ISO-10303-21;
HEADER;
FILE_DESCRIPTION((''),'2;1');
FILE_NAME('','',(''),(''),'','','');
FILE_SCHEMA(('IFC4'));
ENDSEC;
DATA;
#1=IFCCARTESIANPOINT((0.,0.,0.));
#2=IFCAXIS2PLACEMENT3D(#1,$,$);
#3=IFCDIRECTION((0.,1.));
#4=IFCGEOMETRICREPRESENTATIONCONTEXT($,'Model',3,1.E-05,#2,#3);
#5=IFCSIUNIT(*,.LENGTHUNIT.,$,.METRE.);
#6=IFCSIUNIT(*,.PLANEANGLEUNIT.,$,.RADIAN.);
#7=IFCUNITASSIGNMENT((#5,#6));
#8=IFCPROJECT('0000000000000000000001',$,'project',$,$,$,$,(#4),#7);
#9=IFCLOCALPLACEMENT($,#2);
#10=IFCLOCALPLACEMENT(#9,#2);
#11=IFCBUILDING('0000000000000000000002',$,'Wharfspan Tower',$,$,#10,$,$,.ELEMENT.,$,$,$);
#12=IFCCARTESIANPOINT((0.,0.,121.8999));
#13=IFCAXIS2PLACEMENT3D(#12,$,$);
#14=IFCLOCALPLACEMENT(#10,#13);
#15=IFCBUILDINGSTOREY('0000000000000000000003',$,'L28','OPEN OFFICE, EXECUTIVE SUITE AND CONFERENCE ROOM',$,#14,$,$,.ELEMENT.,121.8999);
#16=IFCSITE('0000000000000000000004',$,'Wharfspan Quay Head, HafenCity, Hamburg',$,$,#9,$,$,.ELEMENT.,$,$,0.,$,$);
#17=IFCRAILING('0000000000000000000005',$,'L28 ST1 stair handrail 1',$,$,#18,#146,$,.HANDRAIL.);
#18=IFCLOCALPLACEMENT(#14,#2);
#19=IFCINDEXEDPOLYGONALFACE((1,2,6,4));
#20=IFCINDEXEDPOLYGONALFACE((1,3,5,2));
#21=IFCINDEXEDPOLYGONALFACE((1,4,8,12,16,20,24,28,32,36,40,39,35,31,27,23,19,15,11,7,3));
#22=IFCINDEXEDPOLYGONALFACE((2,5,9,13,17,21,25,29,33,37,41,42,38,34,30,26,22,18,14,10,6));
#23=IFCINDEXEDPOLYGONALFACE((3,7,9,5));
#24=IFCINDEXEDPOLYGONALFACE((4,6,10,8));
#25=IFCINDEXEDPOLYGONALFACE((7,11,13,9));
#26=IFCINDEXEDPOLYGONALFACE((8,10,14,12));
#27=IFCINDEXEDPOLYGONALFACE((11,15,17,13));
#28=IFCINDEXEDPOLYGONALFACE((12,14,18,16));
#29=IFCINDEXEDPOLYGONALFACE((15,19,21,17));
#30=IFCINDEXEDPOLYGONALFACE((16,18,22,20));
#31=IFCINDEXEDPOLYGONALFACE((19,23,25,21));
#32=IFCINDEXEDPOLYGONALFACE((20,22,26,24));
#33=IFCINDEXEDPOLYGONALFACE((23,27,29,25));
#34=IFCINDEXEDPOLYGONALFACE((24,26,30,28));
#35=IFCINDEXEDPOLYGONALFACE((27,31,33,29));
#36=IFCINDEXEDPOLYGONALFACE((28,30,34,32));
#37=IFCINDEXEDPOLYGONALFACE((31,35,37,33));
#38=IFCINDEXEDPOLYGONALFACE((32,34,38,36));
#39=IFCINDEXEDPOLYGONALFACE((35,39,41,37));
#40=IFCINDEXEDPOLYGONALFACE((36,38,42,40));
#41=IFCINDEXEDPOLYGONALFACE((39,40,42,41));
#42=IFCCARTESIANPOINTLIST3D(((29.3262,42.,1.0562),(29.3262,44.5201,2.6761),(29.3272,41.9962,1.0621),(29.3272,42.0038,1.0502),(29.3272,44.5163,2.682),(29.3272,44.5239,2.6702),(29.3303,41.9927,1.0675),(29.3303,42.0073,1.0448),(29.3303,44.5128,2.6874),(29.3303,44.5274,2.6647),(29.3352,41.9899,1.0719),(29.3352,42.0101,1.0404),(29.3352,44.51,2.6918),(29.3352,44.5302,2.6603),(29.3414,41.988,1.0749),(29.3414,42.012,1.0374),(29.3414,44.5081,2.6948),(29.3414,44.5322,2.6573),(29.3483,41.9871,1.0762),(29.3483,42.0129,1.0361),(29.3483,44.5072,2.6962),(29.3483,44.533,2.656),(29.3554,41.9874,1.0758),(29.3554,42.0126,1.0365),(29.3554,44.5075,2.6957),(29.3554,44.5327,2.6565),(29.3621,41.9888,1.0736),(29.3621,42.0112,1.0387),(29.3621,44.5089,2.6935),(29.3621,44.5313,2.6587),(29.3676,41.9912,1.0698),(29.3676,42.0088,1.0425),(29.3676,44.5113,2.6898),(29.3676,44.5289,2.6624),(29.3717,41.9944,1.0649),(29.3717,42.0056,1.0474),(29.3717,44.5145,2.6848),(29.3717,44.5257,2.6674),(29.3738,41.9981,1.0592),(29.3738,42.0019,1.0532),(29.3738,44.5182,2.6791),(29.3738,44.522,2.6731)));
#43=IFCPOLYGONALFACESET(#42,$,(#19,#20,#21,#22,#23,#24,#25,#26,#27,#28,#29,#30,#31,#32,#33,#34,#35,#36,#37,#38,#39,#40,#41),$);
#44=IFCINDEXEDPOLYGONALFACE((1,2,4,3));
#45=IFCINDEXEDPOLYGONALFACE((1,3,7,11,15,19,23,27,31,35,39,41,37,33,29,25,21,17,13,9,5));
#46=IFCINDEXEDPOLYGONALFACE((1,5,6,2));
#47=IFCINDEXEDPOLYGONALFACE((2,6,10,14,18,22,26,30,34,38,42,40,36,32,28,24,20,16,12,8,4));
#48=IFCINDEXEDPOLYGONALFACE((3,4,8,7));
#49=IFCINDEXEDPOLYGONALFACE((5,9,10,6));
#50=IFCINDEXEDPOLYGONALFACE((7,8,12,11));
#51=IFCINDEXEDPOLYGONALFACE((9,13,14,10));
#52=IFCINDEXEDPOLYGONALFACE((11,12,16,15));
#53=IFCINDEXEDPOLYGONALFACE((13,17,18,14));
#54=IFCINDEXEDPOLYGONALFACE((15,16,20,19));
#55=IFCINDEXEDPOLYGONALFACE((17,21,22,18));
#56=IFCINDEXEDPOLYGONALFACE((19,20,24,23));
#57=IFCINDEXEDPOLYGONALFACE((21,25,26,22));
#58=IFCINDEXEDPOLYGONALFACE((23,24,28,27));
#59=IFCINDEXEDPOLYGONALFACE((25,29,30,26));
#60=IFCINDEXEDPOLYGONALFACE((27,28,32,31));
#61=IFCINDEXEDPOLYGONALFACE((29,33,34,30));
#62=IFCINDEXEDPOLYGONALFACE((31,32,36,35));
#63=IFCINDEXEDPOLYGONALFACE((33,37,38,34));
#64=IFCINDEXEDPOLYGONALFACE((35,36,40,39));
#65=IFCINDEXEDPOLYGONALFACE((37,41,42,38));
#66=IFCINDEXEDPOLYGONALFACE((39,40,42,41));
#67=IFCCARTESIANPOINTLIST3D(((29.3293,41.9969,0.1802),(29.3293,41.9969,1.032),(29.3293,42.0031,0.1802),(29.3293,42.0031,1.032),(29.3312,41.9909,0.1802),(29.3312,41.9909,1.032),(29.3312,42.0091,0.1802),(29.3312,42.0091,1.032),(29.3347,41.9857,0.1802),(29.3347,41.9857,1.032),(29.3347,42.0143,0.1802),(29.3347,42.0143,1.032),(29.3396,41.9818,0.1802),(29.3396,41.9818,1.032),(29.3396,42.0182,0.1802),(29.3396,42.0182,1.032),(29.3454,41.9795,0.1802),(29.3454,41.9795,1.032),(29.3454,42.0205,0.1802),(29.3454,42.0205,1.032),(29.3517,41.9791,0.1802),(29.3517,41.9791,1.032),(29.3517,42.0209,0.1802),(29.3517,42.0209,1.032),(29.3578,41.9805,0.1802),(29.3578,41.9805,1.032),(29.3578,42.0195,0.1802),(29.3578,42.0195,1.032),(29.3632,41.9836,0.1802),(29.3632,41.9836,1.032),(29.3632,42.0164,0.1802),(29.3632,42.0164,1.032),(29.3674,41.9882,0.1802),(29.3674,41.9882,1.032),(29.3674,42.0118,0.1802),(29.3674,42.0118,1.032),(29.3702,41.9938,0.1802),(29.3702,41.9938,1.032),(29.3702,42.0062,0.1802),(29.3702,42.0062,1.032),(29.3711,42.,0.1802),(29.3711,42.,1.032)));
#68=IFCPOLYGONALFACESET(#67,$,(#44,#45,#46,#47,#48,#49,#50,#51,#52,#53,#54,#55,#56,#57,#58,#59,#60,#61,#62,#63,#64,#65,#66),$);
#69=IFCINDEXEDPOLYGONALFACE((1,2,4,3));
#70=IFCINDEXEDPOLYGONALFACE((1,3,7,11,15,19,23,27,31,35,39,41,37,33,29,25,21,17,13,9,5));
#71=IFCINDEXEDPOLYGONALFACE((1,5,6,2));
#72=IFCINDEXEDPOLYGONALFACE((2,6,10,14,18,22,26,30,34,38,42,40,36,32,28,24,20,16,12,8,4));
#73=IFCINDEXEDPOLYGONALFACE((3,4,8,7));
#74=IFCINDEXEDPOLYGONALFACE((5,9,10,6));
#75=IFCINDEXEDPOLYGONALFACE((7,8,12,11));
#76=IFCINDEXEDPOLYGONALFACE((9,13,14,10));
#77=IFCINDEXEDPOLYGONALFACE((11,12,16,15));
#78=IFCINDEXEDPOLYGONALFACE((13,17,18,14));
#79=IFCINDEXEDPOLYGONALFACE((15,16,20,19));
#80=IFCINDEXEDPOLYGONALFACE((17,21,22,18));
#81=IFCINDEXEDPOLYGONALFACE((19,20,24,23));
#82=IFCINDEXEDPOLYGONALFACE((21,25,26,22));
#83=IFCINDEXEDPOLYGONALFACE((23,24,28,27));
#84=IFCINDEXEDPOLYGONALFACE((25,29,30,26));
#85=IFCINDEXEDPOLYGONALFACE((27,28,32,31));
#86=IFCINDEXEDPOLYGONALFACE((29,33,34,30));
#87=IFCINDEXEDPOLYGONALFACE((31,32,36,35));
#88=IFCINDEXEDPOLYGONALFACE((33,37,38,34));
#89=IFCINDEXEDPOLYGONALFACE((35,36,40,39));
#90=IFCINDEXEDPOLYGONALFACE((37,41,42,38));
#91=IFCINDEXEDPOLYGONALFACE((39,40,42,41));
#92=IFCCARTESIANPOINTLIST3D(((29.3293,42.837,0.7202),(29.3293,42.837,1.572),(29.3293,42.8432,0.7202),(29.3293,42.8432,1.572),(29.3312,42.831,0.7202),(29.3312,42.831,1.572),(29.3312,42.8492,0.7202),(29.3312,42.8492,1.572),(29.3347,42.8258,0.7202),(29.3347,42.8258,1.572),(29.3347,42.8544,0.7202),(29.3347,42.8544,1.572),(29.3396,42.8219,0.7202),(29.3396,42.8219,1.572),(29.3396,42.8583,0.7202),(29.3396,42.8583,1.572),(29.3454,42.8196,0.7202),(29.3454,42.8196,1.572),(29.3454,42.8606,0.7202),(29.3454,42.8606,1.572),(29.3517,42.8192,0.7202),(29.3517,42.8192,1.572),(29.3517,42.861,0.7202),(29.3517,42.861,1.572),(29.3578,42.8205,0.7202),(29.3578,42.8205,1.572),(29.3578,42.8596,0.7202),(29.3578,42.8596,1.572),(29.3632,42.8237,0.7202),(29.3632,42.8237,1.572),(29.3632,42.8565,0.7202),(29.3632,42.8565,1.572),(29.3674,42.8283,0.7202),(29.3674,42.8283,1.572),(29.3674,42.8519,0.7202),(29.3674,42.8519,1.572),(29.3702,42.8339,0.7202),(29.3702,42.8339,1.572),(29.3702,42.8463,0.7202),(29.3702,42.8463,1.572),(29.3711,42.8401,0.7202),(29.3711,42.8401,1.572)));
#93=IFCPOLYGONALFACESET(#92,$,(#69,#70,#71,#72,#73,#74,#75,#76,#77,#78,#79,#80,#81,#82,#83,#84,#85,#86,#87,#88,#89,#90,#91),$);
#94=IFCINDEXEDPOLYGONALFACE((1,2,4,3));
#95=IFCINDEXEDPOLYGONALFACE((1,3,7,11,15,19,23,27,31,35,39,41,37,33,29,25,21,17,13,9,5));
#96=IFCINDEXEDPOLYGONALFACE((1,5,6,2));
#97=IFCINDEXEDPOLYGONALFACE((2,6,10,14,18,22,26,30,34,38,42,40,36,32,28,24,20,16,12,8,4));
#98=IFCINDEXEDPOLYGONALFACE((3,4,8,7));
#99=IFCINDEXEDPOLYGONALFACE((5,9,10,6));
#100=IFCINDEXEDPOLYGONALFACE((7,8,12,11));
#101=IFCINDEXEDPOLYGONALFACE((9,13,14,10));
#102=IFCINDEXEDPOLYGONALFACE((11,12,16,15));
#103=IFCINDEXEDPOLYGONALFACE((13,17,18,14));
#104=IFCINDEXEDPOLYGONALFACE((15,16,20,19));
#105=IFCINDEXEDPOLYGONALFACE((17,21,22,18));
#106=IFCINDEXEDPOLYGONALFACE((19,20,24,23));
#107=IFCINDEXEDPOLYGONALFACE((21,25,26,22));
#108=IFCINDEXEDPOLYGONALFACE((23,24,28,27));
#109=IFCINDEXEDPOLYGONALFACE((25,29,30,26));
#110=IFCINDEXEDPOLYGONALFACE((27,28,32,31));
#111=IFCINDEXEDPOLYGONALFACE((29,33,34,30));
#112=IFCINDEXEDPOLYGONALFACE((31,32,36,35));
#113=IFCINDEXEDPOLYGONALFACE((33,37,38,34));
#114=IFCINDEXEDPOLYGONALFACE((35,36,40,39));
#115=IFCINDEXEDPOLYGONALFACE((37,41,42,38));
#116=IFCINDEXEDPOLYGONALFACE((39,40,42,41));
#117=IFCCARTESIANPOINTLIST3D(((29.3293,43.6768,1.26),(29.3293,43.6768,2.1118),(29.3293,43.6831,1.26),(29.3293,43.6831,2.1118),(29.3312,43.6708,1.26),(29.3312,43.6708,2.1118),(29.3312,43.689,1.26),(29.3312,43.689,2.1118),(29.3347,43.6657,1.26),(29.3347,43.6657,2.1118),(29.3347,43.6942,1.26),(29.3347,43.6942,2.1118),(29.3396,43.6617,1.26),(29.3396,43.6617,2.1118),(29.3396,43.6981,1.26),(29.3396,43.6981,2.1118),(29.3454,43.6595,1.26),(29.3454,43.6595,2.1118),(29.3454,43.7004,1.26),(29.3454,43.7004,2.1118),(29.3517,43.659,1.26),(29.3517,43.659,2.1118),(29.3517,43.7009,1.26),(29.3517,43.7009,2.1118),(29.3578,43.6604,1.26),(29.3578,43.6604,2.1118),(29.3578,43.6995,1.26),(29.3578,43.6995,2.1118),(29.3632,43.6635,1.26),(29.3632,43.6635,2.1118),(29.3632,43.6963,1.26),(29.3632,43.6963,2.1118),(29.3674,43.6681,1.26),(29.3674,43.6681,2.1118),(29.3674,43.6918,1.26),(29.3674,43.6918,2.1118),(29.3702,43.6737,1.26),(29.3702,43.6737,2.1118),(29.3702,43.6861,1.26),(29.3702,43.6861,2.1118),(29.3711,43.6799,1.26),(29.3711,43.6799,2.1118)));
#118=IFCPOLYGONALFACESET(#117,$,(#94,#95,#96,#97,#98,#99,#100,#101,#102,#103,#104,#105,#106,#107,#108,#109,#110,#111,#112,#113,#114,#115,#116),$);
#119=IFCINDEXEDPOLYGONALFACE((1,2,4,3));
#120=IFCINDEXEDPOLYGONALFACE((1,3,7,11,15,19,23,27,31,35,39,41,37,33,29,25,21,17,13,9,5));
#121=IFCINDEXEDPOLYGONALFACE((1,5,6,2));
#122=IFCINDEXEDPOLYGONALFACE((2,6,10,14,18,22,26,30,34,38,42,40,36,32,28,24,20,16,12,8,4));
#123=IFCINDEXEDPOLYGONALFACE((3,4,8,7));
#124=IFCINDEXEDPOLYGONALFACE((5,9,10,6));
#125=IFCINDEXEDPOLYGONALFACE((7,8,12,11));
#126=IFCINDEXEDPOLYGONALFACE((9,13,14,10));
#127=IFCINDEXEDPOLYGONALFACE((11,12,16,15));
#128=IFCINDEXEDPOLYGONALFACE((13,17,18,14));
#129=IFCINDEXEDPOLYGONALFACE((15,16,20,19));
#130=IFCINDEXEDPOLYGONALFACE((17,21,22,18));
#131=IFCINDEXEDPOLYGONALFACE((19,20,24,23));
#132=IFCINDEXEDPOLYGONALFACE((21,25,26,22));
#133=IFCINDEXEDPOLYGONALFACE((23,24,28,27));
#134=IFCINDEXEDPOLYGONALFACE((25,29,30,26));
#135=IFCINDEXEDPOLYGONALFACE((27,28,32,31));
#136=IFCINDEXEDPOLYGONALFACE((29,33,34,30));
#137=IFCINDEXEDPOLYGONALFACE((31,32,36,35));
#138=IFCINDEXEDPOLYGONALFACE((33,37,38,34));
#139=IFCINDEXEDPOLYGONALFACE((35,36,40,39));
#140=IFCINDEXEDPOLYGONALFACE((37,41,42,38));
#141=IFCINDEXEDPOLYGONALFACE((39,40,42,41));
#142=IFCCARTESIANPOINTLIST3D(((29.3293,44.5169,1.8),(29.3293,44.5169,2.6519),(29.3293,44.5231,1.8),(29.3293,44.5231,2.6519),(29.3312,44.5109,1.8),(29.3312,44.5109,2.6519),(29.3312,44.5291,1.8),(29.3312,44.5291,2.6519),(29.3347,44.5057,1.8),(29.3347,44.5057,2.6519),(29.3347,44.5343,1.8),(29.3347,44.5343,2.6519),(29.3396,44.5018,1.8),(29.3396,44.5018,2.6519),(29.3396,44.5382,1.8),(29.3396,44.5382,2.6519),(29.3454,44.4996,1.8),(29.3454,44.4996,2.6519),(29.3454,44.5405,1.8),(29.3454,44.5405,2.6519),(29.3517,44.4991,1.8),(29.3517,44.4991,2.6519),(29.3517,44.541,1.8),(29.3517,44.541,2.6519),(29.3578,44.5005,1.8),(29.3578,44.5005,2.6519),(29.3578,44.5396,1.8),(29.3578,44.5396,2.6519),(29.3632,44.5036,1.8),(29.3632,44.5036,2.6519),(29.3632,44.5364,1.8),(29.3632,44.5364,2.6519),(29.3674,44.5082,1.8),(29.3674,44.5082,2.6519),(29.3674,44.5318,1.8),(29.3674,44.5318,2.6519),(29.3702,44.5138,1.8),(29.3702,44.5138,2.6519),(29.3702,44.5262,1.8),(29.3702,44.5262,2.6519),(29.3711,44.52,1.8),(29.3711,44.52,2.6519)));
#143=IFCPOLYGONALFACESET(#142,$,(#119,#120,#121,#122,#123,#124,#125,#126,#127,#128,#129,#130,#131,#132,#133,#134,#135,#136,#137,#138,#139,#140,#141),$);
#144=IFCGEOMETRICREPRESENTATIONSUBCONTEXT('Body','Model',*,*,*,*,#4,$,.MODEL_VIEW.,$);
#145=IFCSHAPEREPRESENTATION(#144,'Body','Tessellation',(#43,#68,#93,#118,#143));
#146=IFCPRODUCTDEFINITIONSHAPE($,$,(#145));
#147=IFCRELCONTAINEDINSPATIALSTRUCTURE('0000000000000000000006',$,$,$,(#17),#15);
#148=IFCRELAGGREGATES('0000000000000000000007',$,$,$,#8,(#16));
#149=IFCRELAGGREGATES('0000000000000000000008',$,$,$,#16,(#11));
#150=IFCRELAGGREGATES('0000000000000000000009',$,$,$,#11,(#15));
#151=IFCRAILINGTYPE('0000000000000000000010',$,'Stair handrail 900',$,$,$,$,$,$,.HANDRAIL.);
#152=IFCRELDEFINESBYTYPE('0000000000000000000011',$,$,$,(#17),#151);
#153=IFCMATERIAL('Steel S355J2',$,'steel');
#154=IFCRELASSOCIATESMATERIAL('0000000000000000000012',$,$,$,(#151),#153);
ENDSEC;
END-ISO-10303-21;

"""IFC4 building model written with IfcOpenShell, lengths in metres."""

from ifc_helpers import new_model, si_unit, direction, frame, origin, origin_2d, place, context, subcontext, project, spatial, circle, extrude, material, type_object, element, save


model = new_model("IFC4")

# Units and contexts
model_context = context("Model", 3, precision=1e-05, world=origin(), true_north=direction((0.0, 1.0)))
body_context = subcontext(model_context, "Body", "Model", "MODEL_VIEW")
ifc_project = project(units=[si_unit("LENGTHUNIT", "METRE"), si_unit("PLANEANGLEUNIT", "RADIAN")], contexts=[model_context])

# Site, building, storey
site_placement = place(None, origin())
site = spatial("IfcSite", under=ifc_project, at=site_placement, Name="Wharfspan Quay Head, HafenCity, Hamburg", CompositionType="ELEMENT", RefElevation=0.0)
building_placement = place(site_placement, origin())
building = spatial("IfcBuilding", under=site, at=building_placement, Name="Wharfspan Tower", CompositionType="ELEMENT")
storey_placement = place(building_placement, frame((0.0, 0.0, 121.8999)))
storey = spatial("IfcBuildingStorey", under=building, at=storey_placement, Name="L28", Description="OPEN OFFICE, EXECUTIVE SUITE AND CONFERENCE ROOM", CompositionType="ELEMENT", Elevation=121.8999)

# Shared definitions
ifc_material_1 = material(Name="Steel S355J2", Category="steel")

# Railing
railing_type_1 = type_object("IfcRailingType", Name="Stair handrail 900", PredefinedType="HANDRAIL", material=ifc_material_1)
railing_1_placement = place(storey_placement, frame((29.3501, 42.0, 0.1802)))
element("IfcRailing", 1, at=railing_1_placement, inside=storey, type_object=railing_type_1, Name="L28 ST1 stair handrail 1", PredefinedType="HANDRAIL", context=body_context, shape_type="SweptSolid", body=[
    extrude(circle(Radius=0.0239, at=origin_2d()), frame((0.0, 0.0, 0.876), z_axis=(0.0, 0.8412, 0.540725), x_axis=(-1.0, 0.0, 0.0)), (0.0, 0.0, 1.0), 2.9958),
    extrude(circle(Radius=0.021, at=origin_2d()), origin(), (0.0, 0.0, 1.0), 0.8518),
    extrude(circle(Radius=0.021, at=origin_2d()), frame((0.0, 0.8401, 0.54)), (0.0, 0.0, 1.0), 0.8518),
    extrude(circle(Radius=0.021, at=origin_2d()), frame((0.0, 1.6799, 1.0798)), (0.0, 0.0, 1.0), 0.8518),
    extrude(circle(Radius=0.021, at=origin_2d()), frame((0.0, 2.52, 1.6199)), (0.0, 0.0, 1.0), 0.8518),
])

save(model, "model.ifc")
